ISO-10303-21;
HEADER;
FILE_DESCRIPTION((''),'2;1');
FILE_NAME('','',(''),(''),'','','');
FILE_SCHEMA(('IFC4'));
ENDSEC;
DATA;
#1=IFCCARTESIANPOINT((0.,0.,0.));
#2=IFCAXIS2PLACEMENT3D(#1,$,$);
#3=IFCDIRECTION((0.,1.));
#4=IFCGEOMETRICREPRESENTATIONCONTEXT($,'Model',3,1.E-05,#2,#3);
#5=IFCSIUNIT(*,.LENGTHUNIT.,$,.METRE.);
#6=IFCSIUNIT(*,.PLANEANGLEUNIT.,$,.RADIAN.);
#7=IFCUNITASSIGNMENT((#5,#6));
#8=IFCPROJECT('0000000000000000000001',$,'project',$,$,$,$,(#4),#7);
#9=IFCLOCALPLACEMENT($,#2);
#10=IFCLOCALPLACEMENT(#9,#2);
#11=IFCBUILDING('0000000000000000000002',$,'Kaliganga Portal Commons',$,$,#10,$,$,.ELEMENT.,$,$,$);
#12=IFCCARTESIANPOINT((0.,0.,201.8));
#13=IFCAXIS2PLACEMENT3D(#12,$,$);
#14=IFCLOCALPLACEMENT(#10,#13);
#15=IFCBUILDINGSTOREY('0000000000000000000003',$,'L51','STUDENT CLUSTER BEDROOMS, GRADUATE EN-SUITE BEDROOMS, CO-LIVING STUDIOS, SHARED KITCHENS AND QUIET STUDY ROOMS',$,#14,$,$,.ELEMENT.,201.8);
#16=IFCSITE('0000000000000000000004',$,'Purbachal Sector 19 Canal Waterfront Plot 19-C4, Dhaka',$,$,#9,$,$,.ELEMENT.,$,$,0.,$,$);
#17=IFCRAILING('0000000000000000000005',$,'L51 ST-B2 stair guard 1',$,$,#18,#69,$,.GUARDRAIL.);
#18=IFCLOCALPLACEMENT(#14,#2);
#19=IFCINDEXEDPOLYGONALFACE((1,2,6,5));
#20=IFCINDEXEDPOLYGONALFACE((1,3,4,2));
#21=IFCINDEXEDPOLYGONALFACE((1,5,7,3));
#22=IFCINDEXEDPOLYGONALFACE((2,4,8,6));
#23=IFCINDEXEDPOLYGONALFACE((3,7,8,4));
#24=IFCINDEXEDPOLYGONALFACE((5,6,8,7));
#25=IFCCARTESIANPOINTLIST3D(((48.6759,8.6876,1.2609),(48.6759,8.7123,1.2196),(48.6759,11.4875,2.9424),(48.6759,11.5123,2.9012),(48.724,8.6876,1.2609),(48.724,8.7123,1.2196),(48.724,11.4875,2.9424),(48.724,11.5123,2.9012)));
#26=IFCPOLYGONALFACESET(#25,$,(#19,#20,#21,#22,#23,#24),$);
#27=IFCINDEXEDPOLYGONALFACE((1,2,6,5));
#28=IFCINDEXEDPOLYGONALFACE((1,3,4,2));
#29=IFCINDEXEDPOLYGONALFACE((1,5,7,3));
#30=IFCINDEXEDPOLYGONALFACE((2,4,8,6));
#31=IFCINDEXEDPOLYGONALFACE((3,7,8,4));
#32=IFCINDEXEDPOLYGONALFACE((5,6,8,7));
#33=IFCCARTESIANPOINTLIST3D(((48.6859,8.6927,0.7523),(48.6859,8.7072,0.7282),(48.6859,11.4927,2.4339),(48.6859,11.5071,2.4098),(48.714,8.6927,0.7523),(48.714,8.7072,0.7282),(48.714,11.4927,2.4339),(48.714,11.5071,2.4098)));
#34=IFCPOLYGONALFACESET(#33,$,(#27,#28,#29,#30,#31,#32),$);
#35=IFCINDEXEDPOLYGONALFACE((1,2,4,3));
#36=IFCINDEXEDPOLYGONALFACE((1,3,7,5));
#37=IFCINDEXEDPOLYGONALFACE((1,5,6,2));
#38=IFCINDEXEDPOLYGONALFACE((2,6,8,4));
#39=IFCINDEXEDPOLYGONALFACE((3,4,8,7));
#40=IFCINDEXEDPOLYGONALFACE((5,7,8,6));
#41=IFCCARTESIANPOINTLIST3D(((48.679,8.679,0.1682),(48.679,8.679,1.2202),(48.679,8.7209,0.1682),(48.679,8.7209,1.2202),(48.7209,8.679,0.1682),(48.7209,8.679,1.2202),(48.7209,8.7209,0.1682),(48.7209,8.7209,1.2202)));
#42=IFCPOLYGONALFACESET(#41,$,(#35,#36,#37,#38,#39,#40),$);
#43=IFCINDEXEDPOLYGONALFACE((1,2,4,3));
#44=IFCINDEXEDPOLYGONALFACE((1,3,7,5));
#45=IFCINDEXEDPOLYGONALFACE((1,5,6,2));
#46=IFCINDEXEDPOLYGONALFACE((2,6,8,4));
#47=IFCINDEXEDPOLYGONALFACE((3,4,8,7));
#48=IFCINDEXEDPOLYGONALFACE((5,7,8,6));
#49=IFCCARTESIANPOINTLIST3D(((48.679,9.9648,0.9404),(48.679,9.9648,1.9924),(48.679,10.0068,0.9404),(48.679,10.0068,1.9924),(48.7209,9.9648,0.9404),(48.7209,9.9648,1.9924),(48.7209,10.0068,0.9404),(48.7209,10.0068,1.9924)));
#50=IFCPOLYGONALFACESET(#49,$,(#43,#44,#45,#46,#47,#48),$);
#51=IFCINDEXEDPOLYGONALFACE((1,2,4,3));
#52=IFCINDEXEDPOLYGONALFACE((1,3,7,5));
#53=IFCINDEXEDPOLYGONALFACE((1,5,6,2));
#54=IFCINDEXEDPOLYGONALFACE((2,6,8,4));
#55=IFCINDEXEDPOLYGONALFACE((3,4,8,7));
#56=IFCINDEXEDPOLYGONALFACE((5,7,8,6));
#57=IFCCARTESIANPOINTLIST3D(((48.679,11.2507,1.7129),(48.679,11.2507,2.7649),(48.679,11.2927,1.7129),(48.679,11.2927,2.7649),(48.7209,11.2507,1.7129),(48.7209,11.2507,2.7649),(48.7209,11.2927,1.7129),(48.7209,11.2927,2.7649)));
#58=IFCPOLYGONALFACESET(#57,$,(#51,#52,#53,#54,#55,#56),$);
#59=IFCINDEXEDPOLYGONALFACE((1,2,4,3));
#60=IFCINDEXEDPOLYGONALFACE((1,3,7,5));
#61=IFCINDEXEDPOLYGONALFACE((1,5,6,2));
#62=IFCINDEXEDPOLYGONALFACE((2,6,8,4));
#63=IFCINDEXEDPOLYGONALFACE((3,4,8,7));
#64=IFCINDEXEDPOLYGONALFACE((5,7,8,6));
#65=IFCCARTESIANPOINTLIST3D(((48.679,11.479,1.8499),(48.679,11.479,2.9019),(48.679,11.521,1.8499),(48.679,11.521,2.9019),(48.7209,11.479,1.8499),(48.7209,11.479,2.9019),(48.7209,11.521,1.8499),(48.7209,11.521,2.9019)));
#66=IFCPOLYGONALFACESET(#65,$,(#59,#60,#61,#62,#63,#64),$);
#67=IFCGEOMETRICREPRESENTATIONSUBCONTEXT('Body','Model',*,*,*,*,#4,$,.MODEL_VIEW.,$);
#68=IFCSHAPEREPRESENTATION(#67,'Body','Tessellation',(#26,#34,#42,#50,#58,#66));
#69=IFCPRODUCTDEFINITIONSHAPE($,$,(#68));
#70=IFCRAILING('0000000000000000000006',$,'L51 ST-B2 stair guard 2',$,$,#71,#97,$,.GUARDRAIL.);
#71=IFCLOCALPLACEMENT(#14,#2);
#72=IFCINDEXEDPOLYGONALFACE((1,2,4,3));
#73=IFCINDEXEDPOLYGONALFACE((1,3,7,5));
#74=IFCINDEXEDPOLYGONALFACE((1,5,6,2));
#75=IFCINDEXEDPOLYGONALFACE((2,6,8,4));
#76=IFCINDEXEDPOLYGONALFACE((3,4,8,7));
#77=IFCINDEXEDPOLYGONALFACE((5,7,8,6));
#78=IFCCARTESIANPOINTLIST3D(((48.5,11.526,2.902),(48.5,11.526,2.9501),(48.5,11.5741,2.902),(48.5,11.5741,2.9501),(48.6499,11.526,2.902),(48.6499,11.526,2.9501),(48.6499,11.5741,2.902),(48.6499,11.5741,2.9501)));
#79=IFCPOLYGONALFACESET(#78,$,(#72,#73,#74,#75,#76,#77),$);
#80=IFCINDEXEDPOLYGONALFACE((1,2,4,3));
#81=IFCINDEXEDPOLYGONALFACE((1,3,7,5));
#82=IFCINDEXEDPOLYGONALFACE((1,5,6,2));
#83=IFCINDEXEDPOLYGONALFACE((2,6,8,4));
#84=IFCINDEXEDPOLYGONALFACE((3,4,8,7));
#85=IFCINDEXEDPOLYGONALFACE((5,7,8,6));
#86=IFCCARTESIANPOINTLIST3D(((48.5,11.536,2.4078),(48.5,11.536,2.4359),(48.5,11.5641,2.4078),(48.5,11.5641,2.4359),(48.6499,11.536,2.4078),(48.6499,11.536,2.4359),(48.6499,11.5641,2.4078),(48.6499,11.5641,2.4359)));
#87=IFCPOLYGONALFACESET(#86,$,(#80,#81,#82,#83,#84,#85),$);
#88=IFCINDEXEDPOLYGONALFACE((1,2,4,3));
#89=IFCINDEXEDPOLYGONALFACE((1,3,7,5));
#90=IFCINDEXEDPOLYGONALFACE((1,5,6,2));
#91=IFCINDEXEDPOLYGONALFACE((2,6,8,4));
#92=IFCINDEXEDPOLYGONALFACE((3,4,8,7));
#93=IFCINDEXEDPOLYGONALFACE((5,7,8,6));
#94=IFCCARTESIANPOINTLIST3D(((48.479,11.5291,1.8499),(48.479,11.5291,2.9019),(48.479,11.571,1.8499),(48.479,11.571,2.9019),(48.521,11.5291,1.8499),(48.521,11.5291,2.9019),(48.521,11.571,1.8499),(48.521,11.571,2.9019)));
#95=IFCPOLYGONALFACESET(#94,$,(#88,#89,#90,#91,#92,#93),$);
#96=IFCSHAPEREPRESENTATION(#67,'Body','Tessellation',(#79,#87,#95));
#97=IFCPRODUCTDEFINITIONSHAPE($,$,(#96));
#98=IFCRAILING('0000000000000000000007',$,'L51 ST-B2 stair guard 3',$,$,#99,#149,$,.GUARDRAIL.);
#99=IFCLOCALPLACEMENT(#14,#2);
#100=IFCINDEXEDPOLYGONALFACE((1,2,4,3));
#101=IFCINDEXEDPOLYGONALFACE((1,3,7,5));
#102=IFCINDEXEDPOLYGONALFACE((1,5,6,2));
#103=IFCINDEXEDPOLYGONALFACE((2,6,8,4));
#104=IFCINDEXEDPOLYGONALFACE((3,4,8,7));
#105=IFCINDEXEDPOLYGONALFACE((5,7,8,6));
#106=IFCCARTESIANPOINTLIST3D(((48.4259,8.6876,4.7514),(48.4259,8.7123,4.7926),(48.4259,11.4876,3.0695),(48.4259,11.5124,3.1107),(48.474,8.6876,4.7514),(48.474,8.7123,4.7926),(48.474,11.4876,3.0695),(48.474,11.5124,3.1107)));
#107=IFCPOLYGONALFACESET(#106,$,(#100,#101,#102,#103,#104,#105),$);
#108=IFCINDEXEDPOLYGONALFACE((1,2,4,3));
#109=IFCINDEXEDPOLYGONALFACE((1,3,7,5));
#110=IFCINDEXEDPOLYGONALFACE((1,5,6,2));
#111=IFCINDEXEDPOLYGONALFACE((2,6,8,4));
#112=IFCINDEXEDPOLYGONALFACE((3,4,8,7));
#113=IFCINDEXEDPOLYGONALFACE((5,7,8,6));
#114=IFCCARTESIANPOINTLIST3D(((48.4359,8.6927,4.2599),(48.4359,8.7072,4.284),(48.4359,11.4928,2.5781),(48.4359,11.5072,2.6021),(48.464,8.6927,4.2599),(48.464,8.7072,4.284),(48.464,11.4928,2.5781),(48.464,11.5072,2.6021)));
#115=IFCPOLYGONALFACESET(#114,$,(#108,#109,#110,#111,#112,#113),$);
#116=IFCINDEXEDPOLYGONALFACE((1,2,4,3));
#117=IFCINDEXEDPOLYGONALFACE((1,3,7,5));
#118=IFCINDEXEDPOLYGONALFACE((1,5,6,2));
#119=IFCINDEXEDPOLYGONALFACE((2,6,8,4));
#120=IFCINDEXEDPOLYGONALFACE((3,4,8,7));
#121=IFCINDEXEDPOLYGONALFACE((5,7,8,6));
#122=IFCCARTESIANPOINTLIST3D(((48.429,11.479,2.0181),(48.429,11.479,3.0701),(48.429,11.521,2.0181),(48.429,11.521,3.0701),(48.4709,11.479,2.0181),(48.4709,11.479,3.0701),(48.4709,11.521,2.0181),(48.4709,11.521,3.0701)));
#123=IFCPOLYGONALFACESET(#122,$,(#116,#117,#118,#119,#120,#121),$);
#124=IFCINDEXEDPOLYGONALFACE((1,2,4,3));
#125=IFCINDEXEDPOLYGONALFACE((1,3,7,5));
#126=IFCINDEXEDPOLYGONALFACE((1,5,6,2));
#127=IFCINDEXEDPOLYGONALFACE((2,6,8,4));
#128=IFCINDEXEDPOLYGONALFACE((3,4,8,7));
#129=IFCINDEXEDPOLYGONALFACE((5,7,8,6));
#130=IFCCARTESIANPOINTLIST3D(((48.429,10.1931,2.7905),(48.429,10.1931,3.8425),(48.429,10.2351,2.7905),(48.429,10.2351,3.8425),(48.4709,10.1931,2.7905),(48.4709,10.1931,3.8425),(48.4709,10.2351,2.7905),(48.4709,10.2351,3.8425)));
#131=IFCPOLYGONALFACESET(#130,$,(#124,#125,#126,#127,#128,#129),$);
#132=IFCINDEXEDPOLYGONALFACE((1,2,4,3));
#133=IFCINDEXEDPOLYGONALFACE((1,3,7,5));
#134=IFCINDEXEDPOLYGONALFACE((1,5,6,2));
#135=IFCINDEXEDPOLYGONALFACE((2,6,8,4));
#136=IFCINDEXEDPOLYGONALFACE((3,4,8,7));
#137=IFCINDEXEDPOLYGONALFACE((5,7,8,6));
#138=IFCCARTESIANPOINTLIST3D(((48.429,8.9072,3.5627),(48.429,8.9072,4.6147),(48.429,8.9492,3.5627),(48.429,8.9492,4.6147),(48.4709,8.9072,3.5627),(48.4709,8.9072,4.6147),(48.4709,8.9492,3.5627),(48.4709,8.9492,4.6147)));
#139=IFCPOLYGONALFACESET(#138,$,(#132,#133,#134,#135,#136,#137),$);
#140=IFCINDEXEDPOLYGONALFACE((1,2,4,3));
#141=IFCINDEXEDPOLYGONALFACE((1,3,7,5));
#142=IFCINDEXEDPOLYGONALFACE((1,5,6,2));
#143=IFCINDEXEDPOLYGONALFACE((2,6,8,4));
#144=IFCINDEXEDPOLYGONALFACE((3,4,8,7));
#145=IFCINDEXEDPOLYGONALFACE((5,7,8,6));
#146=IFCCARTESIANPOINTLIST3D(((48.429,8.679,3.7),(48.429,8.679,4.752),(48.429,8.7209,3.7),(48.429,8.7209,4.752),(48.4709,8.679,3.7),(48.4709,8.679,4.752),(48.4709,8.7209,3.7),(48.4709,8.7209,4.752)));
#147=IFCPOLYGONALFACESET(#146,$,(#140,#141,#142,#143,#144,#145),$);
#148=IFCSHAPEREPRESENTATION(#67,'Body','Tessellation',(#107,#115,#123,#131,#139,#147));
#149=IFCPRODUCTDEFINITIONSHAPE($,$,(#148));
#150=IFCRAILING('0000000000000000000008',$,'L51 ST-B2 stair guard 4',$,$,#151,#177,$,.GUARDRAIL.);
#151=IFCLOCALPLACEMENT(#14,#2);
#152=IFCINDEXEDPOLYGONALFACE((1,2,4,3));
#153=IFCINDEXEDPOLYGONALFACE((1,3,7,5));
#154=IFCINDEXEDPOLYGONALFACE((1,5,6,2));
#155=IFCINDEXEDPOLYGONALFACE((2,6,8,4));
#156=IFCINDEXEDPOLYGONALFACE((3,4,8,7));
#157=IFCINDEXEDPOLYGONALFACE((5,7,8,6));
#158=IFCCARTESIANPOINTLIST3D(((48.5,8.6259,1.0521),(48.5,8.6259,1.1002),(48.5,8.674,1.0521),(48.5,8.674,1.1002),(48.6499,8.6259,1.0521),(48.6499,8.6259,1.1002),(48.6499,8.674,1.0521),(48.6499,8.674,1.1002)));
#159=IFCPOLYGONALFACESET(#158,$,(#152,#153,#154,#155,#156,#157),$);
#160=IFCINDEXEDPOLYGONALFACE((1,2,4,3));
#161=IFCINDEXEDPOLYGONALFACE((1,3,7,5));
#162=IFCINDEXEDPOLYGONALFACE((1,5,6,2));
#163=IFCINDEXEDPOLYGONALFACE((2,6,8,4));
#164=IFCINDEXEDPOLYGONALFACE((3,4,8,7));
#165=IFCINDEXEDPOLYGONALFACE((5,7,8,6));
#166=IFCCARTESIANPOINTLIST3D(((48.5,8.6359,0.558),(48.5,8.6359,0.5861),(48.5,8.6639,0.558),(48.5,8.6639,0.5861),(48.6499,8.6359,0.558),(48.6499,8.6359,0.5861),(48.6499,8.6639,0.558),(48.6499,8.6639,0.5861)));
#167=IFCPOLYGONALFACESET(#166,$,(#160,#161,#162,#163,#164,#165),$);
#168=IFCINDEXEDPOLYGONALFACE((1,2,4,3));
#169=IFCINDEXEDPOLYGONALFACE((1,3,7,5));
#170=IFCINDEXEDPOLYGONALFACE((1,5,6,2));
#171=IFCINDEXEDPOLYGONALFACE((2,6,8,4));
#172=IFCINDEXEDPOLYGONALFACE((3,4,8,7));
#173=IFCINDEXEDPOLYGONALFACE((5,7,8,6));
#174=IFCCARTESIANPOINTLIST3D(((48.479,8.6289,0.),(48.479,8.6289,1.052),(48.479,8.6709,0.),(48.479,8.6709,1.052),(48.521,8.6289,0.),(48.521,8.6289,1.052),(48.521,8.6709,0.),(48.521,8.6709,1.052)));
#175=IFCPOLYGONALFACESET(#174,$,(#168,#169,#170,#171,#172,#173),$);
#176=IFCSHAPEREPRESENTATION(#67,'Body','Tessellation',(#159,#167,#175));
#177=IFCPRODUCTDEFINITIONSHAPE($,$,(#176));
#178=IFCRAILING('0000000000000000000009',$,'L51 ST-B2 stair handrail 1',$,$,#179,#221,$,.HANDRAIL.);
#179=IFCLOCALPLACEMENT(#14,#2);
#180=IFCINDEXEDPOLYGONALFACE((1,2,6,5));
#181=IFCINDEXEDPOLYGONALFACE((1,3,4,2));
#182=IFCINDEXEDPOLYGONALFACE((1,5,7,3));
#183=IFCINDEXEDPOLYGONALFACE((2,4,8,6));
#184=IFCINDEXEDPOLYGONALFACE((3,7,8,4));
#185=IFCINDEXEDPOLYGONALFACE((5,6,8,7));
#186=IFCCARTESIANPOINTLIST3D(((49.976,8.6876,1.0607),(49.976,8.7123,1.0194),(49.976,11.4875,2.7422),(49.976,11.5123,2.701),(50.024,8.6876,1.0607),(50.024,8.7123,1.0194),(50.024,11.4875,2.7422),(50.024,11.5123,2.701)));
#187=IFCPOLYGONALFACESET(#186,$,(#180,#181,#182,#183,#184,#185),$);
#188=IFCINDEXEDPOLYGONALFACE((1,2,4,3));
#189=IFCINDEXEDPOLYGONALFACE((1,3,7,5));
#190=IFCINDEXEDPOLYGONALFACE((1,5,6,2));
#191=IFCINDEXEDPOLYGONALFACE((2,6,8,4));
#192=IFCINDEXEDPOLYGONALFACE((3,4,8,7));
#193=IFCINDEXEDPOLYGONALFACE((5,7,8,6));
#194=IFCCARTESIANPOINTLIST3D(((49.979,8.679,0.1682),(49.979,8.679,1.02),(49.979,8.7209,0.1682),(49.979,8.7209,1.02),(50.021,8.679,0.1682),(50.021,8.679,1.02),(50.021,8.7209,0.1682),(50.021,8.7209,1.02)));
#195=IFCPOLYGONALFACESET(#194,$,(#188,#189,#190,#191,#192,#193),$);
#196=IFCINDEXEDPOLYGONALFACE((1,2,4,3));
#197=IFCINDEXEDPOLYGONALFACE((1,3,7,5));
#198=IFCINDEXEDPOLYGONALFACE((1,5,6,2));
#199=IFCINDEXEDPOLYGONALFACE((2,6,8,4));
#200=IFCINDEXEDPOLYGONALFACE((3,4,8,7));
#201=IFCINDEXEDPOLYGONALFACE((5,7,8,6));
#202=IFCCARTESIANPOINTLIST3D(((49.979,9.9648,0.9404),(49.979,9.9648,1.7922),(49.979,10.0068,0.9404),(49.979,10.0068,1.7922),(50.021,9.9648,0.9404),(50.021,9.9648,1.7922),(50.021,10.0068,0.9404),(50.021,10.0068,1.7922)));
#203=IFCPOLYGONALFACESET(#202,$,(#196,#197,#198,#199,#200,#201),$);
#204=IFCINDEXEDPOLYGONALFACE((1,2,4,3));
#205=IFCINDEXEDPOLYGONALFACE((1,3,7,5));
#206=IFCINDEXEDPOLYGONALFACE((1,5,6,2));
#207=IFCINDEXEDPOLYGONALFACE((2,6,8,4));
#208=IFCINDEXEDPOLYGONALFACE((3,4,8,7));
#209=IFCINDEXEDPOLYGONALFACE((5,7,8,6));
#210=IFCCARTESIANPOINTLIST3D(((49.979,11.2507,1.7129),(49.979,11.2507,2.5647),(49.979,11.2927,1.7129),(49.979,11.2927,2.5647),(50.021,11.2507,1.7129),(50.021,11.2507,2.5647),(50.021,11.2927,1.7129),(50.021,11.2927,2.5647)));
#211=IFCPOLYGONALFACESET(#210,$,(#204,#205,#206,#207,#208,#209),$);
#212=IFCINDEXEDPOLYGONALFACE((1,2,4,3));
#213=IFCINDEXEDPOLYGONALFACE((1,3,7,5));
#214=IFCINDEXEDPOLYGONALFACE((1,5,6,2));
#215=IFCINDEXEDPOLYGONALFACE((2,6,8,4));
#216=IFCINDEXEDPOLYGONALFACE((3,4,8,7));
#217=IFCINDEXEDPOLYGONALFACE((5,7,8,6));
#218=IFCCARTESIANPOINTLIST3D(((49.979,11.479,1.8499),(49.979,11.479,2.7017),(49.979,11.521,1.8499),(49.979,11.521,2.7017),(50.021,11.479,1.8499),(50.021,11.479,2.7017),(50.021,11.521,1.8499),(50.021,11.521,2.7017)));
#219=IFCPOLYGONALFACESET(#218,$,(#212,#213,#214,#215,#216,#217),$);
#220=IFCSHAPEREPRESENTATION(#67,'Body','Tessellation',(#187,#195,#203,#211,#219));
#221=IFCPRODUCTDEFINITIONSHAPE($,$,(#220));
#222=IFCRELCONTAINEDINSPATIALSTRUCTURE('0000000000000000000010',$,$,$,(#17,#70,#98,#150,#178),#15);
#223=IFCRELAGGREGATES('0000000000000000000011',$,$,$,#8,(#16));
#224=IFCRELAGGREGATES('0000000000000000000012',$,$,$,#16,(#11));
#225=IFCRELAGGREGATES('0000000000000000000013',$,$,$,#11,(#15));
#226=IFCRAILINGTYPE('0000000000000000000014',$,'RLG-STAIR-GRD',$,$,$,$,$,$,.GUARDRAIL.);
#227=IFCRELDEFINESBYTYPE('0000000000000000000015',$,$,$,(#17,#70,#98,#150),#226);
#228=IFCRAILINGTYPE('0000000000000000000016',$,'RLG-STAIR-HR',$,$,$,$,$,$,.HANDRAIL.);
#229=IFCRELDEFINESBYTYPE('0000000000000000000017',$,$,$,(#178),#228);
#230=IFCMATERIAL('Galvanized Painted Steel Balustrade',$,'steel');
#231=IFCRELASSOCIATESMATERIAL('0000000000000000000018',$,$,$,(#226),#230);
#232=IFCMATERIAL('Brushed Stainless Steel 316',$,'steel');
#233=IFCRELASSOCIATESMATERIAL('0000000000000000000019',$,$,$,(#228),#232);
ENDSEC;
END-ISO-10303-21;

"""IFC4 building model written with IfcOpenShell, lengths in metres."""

from ifc_helpers import new_model, si_unit, direction, frame, origin, origin_2d, place, context, subcontext, project, spatial, rectangle, extrude, material, type_object, element, save


model = new_model("IFC4")

# Units and contexts
model_context = context("Model", 3, precision=1e-05, world=origin(), true_north=direction((0.0, 1.0)))
body_context = subcontext(model_context, "Body", "Model", "MODEL_VIEW")
ifc_project = project(units=[si_unit("LENGTHUNIT", "METRE"), si_unit("PLANEANGLEUNIT", "RADIAN")], contexts=[model_context])

# Site, building, storey
site_placement = place(None, origin())
site = spatial("IfcSite", under=ifc_project, at=site_placement, Name="Purbachal Sector 19 Canal Waterfront Plot 19-C4, Dhaka", CompositionType="ELEMENT", RefElevation=0.0)
building_placement = place(site_placement, origin())
building = spatial("IfcBuilding", under=site, at=building_placement, Name="Kaliganga Portal Commons", CompositionType="ELEMENT")
storey_placement = place(building_placement, frame((0.0, 0.0, 201.8)))
storey = spatial("IfcBuildingStorey", under=building, at=storey_placement, Name="L51", Description="STUDENT CLUSTER BEDROOMS, GRADUATE EN-SUITE BEDROOMS, CO-LIVING STUDIOS, SHARED KITCHENS AND QUIET STUDY ROOMS", CompositionType="ELEMENT", Elevation=201.8)

# Railings
ifc_material_1 = material(Name="Galvanized Painted Steel Balustrade", Category="steel")
railing_type_1 = type_object("IfcRailingType", Name="RLG-STAIR-GRD", PredefinedType="GUARDRAIL", material=ifc_material_1)
railing_1_placement = place(storey_placement, frame((48.7, 8.7, 0.1682)))
element("IfcRailing", 1, at=railing_1_placement, inside=storey, type_object=railing_type_1, Name="L51 ST-B2 stair guard 1", PredefinedType="GUARDRAIL", context=body_context, shape_type="SweptSolid", body=[
    extrude(rectangle(XDim=0.0481, YDim=0.0481, at=origin_2d()), frame((0.0, 0.0, 1.072), z_axis=(0.0, 0.857275, 0.514858), x_axis=(-1.0, 0.0, 0.0)), (0.0, 0.0, 1.0), 3.2661),
    extrude(rectangle(XDim=0.0281, YDim=0.0281, at=origin_2d()), frame((0.0, 0.0, 0.572), z_axis=(0.0, 0.857275, 0.514858), x_axis=(-1.0, 0.0, 0.0)), (0.0, 0.0, 1.0), 3.2661),
    extrude(rectangle(XDim=0.042, YDim=0.042, at=origin_2d()), origin(), (0.0, 0.0, 1.0), 1.052),
    extrude(rectangle(XDim=0.042, YDim=0.042, at=origin_2d()), frame((0.0, 1.2859, 0.7722)), (0.0, 0.0, 1.0), 1.052),
    extrude(rectangle(XDim=0.042, YDim=0.042, at=origin_2d()), frame((0.0, 2.5718, 1.5447)), (0.0, 0.0, 1.0), 1.052),
    extrude(rectangle(XDim=0.042, YDim=0.042, at=origin_2d()), frame((0.0, 2.8, 1.6816)), (0.0, 0.0, 1.0), 1.052),
])
railing_2_placement = place(storey_placement, frame((48.6499, 11.55, 1.8499)))
element("IfcRailing", 2, at=railing_2_placement, inside=storey, type_object=railing_type_1, Name="L51 ST-B2 stair guard 2", PredefinedType="GUARDRAIL", context=body_context, shape_type="SweptSolid", body=[
    extrude(rectangle(XDim=0.0481, YDim=0.0481, at=origin_2d()), frame((0.0, 0.0, 1.0762), z_axis=(-1.0, 0.0, 0.0), x_axis=(0.0, -1.0, 0.0)), (0.0, 0.0, 1.0), 0.1499),
    extrude(rectangle(XDim=0.0281, YDim=0.0281, at=origin_2d()), frame((0.0, 0.0, 0.572), z_axis=(-1.0, 0.0, 0.0), x_axis=(0.0, -1.0, 0.0)), (0.0, 0.0, 1.0), 0.1499),
    extrude(rectangle(XDim=0.042, YDim=0.042, at=origin_2d()), frame((-0.1499, 0.0, 0.0)), (0.0, 0.0, 1.0), 1.052),
])
railing_3_placement = place(storey_placement, frame((48.45, 11.5, 2.0181)))
element("IfcRailing", 3, at=railing_3_placement, inside=storey, type_object=railing_type_1, Name="L51 ST-B2 stair guard 3", PredefinedType="GUARDRAIL", context=body_context, shape_type="SweptSolid", body=[
    extrude(rectangle(XDim=0.0481, YDim=0.0481, at=origin_2d()), frame((0.0, 0.0, 1.072), z_axis=(0.0, -0.857242, 0.514913), x_axis=(1.0, 0.0, 0.0)), (0.0, 0.0, 1.0), 3.2664),
    extrude(rectangle(XDim=0.0281, YDim=0.0281, at=origin_2d()), frame((0.0, 0.0, 0.572), z_axis=(0.0, -0.857242, 0.514913), x_axis=(1.0, 0.0, 0.0)), (0.0, 0.0, 1.0), 3.2664),
    extrude(rectangle(XDim=0.042, YDim=0.042, at=origin_2d()), origin(), (0.0, 0.0, 1.0), 1.052),
    extrude(rectangle(XDim=0.042, YDim=0.042, at=origin_2d()), frame((0.0, -1.2859, 0.7725)), (0.0, 0.0, 1.0), 1.052),
    extrude(rectangle(XDim=0.042, YDim=0.042, at=origin_2d()), frame((0.0, -2.5718, 1.5447)), (0.0, 0.0, 1.0), 1.052),
    extrude(rectangle(XDim=0.042, YDim=0.042, at=origin_2d()), frame((0.0, -2.8, 1.6819)), (0.0, 0.0, 1.0), 1.052),
])
railing_4_placement = place(storey_placement, frame((48.6499, 8.6499, 0.0)))
element("IfcRailing", 4, at=railing_4_placement, inside=storey, type_object=railing_type_1, Name="L51 ST-B2 stair guard 4", PredefinedType="GUARDRAIL", context=body_context, shape_type="SweptSolid", body=[
    extrude(rectangle(XDim=0.0481, YDim=0.0481, at=origin_2d()), frame((0.0, 0.0, 1.0762), z_axis=(-1.0, 0.0, 0.0), x_axis=(0.0, -1.0, 0.0)), (0.0, 0.0, 1.0), 0.1499),
    extrude(rectangle(XDim=0.0281, YDim=0.0281, at=origin_2d()), frame((0.0, 0.0, 0.572), z_axis=(-1.0, 0.0, 0.0), x_axis=(0.0, -1.0, 0.0)), (0.0, 0.0, 1.0), 0.1499),
    extrude(rectangle(XDim=0.042, YDim=0.042, at=origin_2d()), frame((-0.1499, 0.0, 0.0)), (0.0, 0.0, 1.0), 1.052),
])
ifc_material_2 = material(Name="Brushed Stainless Steel 316", Category="steel")
railing_type_2 = type_object("IfcRailingType", Name="RLG-STAIR-HR", PredefinedType="HANDRAIL", material=ifc_material_2)
railing_5_placement = place(storey_placement, frame((50.0, 8.7, 0.1682)))
element("IfcRailing", 5, at=railing_5_placement, inside=storey, type_object=railing_type_2, Name="L51 ST-B2 stair handrail 1", PredefinedType="HANDRAIL", context=body_context, shape_type="SweptSolid", body=[
    extrude(rectangle(XDim=0.0481, YDim=0.0481, at=origin_2d()), frame((0.0, 0.0, 0.8718), z_axis=(0.0, 0.857275, 0.514858), x_axis=(-1.0, 0.0, 0.0)), (0.0, 0.0, 1.0), 3.2661),
    extrude(rectangle(XDim=0.042, YDim=0.042, at=origin_2d()), origin(), (0.0, 0.0, 1.0), 0.8518),
    extrude(rectangle(XDim=0.042, YDim=0.042, at=origin_2d()), frame((0.0, 1.2859, 0.7722)), (0.0, 0.0, 1.0), 0.8518),
    extrude(rectangle(XDim=0.042, YDim=0.042, at=origin_2d()), frame((0.0, 2.5718, 1.5447)), (0.0, 0.0, 1.0), 0.8518),
    extrude(rectangle(XDim=0.042, YDim=0.042, at=origin_2d()), frame((0.0, 2.8, 1.6816)), (0.0, 0.0, 1.0), 0.8518),
])

save(model, "model.ifc")
